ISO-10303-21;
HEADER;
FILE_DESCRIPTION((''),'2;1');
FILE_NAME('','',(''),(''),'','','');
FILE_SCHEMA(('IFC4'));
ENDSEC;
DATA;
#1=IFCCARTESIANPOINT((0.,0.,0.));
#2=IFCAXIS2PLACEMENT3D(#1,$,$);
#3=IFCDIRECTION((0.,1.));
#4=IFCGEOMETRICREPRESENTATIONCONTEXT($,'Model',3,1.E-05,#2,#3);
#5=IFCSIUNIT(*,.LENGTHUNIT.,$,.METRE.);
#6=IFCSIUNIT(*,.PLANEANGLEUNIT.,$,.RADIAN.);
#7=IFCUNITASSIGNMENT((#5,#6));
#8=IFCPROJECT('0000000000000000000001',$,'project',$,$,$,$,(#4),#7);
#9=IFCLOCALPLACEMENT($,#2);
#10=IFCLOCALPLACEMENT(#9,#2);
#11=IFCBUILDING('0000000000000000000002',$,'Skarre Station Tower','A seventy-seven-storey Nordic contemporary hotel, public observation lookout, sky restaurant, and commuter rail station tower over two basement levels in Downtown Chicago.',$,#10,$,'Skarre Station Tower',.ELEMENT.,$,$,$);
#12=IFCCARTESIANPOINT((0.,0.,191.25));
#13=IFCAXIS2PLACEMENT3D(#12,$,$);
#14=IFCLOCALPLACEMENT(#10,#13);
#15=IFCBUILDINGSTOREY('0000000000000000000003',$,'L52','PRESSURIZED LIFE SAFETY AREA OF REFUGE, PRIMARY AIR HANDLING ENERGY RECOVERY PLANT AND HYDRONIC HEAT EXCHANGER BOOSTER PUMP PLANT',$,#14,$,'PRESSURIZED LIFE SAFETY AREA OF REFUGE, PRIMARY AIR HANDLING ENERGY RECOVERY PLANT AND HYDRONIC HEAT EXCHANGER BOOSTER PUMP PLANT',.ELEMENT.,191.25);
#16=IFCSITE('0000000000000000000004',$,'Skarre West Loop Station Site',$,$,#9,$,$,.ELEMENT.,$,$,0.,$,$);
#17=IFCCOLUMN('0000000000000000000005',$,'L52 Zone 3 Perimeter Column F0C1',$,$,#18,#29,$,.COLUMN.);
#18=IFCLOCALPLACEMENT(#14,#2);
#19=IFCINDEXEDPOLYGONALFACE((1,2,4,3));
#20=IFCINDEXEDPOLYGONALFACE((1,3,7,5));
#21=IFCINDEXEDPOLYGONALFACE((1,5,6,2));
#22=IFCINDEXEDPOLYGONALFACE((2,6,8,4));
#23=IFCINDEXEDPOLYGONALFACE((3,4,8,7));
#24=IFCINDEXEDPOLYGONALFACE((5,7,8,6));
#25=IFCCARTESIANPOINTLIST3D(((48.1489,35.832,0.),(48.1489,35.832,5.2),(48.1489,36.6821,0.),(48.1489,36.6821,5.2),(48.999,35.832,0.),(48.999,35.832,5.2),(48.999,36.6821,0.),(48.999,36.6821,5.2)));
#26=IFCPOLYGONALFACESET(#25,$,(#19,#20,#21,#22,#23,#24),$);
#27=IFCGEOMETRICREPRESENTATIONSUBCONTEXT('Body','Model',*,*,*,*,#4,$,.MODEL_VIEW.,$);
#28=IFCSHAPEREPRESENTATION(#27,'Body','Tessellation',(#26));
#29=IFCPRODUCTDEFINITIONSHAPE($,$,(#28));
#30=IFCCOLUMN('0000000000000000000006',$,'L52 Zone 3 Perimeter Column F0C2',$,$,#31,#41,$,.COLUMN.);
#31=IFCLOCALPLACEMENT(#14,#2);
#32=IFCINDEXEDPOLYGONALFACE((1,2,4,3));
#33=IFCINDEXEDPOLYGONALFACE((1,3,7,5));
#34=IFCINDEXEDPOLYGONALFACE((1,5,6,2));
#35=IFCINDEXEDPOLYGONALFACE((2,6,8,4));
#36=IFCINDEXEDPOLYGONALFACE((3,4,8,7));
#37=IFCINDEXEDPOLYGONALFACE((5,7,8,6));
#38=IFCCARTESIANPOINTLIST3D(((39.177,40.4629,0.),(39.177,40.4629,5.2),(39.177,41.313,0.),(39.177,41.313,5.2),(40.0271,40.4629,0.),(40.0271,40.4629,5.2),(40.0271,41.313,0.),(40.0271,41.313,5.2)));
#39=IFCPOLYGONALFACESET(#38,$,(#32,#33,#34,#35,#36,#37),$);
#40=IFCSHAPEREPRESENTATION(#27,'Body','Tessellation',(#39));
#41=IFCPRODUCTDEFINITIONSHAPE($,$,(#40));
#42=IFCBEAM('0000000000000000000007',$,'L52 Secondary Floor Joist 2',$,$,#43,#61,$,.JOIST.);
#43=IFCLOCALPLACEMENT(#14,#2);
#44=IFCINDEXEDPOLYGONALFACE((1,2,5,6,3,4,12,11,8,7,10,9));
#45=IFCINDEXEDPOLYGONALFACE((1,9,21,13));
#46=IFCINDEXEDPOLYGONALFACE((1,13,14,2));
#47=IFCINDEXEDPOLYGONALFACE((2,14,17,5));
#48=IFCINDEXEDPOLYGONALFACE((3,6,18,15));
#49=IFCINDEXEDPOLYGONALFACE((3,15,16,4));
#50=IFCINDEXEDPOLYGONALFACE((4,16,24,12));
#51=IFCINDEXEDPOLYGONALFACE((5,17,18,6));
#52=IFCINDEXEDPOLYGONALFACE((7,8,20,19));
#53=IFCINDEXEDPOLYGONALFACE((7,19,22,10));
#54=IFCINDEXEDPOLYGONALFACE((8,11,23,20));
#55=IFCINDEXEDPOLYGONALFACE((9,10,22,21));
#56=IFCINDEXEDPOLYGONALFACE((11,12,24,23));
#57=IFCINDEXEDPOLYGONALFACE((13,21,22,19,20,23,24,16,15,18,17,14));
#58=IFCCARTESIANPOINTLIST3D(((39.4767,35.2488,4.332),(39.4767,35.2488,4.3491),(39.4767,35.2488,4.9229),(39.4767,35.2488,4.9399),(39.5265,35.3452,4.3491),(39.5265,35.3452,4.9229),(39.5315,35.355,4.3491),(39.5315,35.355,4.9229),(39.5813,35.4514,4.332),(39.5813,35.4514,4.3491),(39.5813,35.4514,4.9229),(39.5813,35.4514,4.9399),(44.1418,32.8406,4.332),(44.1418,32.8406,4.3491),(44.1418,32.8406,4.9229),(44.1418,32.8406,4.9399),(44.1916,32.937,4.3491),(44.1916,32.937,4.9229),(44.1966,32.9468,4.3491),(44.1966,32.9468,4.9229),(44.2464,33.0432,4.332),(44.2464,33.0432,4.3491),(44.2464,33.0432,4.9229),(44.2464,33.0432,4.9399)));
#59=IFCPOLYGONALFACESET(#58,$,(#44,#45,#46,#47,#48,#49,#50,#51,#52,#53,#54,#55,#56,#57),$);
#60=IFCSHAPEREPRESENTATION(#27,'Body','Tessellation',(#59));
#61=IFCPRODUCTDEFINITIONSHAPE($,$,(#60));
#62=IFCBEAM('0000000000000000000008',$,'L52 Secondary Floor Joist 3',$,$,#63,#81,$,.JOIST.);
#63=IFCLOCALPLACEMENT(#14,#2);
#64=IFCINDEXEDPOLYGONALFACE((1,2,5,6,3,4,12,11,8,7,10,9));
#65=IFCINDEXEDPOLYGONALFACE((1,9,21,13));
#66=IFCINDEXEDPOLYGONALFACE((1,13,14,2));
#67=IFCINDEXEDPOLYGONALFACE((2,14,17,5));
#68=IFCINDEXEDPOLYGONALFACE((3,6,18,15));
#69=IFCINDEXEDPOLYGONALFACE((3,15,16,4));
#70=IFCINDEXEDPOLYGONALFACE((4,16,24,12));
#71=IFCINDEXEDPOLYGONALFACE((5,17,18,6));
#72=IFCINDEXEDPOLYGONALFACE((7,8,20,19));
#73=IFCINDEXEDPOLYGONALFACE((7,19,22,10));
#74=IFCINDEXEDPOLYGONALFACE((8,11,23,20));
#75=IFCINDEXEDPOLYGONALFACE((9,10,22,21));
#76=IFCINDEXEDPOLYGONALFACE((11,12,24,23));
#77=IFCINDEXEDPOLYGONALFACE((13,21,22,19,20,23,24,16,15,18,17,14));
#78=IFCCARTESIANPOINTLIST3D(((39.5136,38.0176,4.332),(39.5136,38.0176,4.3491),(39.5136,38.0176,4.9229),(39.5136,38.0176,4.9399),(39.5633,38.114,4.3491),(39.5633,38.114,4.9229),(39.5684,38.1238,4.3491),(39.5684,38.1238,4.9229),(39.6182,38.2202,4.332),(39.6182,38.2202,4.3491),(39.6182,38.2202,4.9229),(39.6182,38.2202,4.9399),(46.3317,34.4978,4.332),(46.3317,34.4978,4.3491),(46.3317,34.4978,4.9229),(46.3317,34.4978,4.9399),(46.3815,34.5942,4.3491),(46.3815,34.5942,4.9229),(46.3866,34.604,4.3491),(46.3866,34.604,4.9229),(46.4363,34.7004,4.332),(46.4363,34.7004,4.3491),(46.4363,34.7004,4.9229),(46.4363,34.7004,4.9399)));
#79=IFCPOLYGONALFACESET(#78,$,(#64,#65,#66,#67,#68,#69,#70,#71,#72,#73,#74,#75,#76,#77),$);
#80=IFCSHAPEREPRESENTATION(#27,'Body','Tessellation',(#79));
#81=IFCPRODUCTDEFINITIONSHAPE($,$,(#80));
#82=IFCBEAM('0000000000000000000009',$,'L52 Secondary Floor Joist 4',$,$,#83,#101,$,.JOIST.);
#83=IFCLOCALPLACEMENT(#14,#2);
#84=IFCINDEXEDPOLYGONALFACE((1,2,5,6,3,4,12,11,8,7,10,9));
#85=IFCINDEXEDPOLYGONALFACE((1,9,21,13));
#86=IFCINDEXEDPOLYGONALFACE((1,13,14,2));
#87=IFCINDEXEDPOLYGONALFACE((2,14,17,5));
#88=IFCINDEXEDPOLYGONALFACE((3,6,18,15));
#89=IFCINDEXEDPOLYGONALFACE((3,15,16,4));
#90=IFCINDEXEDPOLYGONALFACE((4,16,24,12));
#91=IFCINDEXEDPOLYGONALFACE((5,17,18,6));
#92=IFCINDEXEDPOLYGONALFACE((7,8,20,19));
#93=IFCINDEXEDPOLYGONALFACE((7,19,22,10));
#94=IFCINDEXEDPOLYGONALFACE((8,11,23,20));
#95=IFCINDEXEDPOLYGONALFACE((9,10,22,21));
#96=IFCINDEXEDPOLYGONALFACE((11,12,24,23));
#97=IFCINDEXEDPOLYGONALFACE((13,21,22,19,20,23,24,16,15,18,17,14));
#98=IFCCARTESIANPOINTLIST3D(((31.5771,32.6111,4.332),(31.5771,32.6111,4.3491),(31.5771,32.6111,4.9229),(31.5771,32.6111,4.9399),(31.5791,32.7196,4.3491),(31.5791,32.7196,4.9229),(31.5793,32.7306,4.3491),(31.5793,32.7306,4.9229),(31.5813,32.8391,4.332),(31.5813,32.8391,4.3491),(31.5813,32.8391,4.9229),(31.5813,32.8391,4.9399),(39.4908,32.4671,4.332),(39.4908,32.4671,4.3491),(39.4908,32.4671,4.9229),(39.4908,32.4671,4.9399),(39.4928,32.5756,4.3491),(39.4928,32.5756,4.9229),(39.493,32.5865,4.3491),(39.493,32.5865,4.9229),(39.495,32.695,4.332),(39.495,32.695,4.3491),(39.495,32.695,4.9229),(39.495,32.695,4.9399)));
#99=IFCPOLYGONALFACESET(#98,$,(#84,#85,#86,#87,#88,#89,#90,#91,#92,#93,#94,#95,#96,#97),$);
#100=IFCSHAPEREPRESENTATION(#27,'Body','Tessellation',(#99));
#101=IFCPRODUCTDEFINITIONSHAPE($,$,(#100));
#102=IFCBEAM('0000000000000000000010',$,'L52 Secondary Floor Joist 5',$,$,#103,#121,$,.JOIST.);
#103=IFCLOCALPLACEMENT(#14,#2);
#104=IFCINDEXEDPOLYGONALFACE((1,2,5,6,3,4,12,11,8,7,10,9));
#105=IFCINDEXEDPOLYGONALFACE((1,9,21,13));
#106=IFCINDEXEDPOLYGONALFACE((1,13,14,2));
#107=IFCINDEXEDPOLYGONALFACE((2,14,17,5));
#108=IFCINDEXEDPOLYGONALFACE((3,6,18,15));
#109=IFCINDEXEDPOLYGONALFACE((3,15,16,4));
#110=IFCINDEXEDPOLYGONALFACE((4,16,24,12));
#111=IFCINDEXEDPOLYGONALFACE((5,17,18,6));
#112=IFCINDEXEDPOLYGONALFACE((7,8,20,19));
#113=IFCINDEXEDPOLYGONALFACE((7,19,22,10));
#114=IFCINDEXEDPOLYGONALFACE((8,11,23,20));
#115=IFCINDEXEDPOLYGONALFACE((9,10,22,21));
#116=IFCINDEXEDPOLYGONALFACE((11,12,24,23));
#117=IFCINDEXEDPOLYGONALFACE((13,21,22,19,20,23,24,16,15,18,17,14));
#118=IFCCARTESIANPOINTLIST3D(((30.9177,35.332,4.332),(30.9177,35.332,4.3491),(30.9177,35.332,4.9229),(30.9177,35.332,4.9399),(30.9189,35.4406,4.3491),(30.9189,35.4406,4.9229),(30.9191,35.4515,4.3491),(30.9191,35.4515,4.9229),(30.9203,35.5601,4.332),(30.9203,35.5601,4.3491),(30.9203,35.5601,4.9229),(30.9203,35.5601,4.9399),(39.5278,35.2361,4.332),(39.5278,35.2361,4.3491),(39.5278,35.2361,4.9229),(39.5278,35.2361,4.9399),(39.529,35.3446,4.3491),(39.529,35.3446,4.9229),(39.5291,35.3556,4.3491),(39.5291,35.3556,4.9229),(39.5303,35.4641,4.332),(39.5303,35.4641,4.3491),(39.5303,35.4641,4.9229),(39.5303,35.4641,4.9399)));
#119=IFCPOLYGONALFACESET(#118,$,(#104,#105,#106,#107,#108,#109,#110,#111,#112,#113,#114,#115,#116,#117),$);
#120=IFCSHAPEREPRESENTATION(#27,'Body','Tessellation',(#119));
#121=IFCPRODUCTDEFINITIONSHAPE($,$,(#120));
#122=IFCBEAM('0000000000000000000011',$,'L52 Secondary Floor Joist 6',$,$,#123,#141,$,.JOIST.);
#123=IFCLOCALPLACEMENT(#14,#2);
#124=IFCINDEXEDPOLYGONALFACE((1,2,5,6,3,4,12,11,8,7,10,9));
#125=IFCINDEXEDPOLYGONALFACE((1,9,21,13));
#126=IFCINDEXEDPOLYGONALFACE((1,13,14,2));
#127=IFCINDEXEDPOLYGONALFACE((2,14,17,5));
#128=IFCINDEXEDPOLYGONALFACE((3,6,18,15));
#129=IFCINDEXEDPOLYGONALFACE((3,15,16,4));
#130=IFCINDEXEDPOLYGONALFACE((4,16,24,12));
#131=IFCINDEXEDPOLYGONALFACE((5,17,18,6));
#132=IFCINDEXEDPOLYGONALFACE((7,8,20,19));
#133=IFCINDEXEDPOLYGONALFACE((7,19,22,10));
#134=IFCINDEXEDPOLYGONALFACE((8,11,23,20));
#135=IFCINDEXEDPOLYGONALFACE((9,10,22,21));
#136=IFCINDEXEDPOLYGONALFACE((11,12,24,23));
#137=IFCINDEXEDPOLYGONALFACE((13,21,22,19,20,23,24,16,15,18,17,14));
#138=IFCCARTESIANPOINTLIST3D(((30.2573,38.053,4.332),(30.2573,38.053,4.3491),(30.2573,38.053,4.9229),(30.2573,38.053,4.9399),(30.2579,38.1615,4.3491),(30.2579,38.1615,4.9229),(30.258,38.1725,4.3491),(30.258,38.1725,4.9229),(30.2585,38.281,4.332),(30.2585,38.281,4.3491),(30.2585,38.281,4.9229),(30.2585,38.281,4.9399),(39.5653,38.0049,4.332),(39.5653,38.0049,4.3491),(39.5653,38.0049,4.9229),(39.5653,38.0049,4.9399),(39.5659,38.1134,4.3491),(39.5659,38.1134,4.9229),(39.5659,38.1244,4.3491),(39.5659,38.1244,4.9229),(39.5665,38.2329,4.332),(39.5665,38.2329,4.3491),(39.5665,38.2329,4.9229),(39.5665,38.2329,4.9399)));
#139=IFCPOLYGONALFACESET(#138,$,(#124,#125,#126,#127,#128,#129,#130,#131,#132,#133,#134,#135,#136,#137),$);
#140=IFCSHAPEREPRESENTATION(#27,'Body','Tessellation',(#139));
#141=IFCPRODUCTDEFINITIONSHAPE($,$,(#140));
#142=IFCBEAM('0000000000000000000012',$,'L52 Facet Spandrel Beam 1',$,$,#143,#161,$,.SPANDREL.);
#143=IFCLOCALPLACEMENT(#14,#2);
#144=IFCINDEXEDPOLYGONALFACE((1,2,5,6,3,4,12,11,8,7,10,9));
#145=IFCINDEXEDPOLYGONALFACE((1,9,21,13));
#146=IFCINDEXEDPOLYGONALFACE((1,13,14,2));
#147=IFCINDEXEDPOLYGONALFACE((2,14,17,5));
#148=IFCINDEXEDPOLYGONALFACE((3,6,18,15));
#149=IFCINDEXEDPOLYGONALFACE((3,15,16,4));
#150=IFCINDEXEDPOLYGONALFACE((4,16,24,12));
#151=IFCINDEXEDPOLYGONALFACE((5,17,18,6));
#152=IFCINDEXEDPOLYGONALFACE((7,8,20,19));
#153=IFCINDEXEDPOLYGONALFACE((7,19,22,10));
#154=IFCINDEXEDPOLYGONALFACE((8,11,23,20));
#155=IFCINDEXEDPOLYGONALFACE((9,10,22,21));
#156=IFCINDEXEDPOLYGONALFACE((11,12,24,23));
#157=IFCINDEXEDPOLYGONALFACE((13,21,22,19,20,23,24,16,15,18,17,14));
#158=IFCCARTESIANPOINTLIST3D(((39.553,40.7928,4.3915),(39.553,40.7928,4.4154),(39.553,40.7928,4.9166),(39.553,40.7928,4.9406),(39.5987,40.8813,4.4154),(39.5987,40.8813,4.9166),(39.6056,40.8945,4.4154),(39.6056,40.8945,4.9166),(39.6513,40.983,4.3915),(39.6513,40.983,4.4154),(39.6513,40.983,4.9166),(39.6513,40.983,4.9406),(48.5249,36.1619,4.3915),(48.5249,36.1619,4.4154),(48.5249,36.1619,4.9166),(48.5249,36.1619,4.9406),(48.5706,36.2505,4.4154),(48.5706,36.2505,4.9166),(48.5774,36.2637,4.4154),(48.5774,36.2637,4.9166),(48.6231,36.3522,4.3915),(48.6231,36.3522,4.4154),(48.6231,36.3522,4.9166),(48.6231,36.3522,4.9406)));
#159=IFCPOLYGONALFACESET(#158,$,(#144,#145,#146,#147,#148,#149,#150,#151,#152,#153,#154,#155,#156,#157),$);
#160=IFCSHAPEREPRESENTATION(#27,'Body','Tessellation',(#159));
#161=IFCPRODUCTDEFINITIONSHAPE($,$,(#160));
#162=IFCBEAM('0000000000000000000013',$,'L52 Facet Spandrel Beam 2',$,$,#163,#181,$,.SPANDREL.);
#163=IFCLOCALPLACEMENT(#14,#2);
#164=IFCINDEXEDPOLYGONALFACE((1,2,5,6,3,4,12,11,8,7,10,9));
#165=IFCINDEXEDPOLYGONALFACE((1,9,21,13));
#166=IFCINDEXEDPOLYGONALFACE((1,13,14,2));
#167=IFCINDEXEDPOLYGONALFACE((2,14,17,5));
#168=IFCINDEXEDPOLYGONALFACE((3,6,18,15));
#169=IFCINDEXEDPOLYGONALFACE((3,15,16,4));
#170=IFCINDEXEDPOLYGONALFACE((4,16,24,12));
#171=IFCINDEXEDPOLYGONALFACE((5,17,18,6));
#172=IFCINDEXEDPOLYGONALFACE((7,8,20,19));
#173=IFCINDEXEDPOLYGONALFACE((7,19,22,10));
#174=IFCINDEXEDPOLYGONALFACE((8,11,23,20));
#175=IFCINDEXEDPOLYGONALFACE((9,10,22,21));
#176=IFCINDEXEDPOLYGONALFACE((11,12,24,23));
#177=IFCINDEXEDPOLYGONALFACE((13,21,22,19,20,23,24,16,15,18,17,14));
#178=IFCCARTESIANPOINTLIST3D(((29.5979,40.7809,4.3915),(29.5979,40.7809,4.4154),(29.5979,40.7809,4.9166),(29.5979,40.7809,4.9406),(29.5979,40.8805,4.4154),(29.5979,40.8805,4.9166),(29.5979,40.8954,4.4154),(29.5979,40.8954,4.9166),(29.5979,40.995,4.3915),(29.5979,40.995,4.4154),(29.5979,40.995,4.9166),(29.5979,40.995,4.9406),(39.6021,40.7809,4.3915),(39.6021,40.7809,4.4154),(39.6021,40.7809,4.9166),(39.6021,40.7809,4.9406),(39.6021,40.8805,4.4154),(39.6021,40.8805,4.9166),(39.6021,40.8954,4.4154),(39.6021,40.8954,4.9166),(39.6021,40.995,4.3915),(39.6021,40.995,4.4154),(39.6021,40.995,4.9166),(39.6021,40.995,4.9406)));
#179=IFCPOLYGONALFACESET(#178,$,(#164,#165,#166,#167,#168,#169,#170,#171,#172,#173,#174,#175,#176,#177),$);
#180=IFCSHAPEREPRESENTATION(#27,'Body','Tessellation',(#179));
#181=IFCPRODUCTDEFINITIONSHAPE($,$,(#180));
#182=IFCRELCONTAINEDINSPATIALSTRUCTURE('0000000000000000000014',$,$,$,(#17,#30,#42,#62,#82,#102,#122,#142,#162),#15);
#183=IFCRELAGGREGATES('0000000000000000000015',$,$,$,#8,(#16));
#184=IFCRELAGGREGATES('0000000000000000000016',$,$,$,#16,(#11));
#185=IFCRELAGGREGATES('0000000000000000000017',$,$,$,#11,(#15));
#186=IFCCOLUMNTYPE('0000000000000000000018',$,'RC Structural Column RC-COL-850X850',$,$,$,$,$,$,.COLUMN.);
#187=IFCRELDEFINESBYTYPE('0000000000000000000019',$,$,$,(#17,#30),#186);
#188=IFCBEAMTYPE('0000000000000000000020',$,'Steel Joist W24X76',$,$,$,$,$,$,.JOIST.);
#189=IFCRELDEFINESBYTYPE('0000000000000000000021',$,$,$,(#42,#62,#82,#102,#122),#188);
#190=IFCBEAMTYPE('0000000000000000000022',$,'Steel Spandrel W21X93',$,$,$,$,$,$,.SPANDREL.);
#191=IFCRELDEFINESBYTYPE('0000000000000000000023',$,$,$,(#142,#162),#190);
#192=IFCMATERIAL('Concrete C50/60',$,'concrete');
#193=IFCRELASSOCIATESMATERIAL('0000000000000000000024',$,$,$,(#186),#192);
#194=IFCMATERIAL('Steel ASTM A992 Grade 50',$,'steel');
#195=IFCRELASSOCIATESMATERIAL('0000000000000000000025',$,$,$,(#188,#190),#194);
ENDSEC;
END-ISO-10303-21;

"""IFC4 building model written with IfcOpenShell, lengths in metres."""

from ifc_helpers import new_model, si_unit, direction, frame, origin, origin_2d, place, context, subcontext, project, spatial, rectangle, i_section, extrude, material, material_profile, profile_set, type_object, element, save


model = new_model("IFC4")

# Units and contexts
model_context = context("Model", 3, precision=1e-05, world=origin(), true_north=direction((0.0, 1.0)))
body_context = subcontext(model_context, "Body", "Model", "MODEL_VIEW")
ifc_project = project(units=[si_unit("LENGTHUNIT", "METRE"), si_unit("PLANEANGLEUNIT", "RADIAN")], contexts=[model_context])

# Site, building, storey
site_placement = place(None, origin())
site = spatial("IfcSite", under=ifc_project, at=site_placement, Name="Skarre West Loop Station Site", CompositionType="ELEMENT", RefElevation=0.0)
building_placement = place(site_placement, origin())
building = spatial("IfcBuilding", under=site, at=building_placement, Name="Skarre Station Tower", Description="A seventy-seven-storey Nordic contemporary hotel, public observation lookout, sky restaurant, and commuter rail station tower over two basement levels in Downtown Chicago.", LongName="Skarre Station Tower", CompositionType="ELEMENT")
storey_placement = place(building_placement, frame((0.0, 0.0, 191.25)))
storey = spatial("IfcBuildingStorey", under=building, at=storey_placement, Name="L52", Description="PRESSURIZED LIFE SAFETY AREA OF REFUGE, PRIMARY AIR HANDLING ENERGY RECOVERY PLANT AND HYDRONIC HEAT EXCHANGER BOOSTER PUMP PLANT", LongName="PRESSURIZED LIFE SAFETY AREA OF REFUGE, PRIMARY AIR HANDLING ENERGY RECOVERY PLANT AND HYDRONIC HEAT EXCHANGER BOOSTER PUMP PLANT", CompositionType="ELEMENT", Elevation=191.25)

# Columns
ifc_material_1 = material(Name="Concrete C50/60", Category="concrete")
ifc_material_profile_1 = material_profile(ifc_material_1, rectangle(XDim=0.8501, YDim=0.8501, at=origin_2d()), Name="Concrete C50/60")
ifc_profile_set_1 = profile_set([ifc_material_profile_1], Name="Concrete C50/60")
column_type = type_object("IfcColumnType", Name="RC Structural Column RC-COL-850X850", PredefinedType="COLUMN", material=ifc_profile_set_1)
for number, where, z_axis, x_axis, name in (
    (1, (48.574, 36.2571, 0.0), (0.0, 0.0, 1.0), (1.0, 0.0, 0.0), "L52 Zone 3 Perimeter Column F0C1"),
    (2, (39.6021, 40.8879, 0.0), (0.0, 0.0, 1.0), (1.0, 0.0, 0.0), "L52 Zone 3 Perimeter Column F0C2"),
):
    element("IfcColumn", number, at=place(storey_placement, frame(where, z_axis=z_axis, x_axis=x_axis)), inside=storey, type_object=column_type, Name=name, PredefinedType="COLUMN", context=body_context, shape_type="SweptSolid", body=[
        extrude(rectangle(XDim=0.8501, YDim=0.8501, at=origin_2d()), origin(), (0.0, 0.0, 1.0), 5.2),
    ])

# Beams
ifc_material_2 = material(Name="Steel ASTM A992 Grade 50", Category="steel")
ifc_material_profile_2 = material_profile(ifc_material_2, i_section(OverallWidth=0.228, OverallDepth=0.6079, WebThickness=0.011, FlangeThickness=0.0171, at=origin_2d()), Name="Steel ASTM A992 Grade 50")
ifc_profile_set_2 = profile_set([ifc_material_profile_2], Name="Steel ASTM A992 Grade 50")
beam_type_1 = type_object("IfcBeamType", Name="Steel Joist W24X76", PredefinedType="JOIST", material=ifc_profile_set_2)
beam_1_placement = place(storey_placement, frame((44.1941, 32.9419, 4.636), z_axis=(-0.888586, 0.458709, 0.0), x_axis=(-0.458709, -0.888586, 0.0)))
element("IfcBeam", 3, at=beam_1_placement, inside=storey, type_object=beam_type_1, Name="L52 Secondary Floor Joist 2", PredefinedType="JOIST", context=body_context, shape_type="SweptSolid", body=[
    extrude(i_section(OverallWidth=0.228, OverallDepth=0.6079, WebThickness=0.011, FlangeThickness=0.0171, at=origin_2d()), origin(), (0.0, 0.0, 1.0), 5.25),
])
beam_2_placement = place(storey_placement, frame((46.384, 34.5991, 4.636), z_axis=(-0.888581, 0.45872, 0.0), x_axis=(-0.45872, -0.888581, 0.0)))
element("IfcBeam", 4, at=beam_2_placement, inside=storey, type_object=beam_type_1, Name="L52 Secondary Floor Joist 3", PredefinedType="JOIST", context=body_context, shape_type="SweptSolid", body=[
    extrude(i_section(OverallWidth=0.228, OverallDepth=0.6079, WebThickness=0.011, FlangeThickness=0.0171, at=origin_2d()), origin(), (0.0, 0.0, 1.0), 7.6731),
])
beam_3_placement = place(storey_placement, frame((39.4929, 32.5811, 4.636), z_axis=(-0.999834, 0.018198, 0.0), x_axis=(-0.018198, -0.999834, 0.0)))
element("IfcBeam", 5, at=beam_3_placement, inside=storey, type_object=beam_type_1, Name="L52 Secondary Floor Joist 4", PredefinedType="JOIST", context=body_context, shape_type="SweptSolid", body=[
    extrude(i_section(OverallWidth=0.228, OverallDepth=0.6079, WebThickness=0.011, FlangeThickness=0.0171, at=origin_2d()), origin(), (0.0, 0.0, 1.0), 7.915),
])
beam_4_placement = place(storey_placement, frame((39.5291, 35.3501, 4.636), z_axis=(-0.999938, 0.011143, 0.0), x_axis=(-0.011143, -0.999938, 0.0)))
element("IfcBeam", 6, at=beam_4_placement, inside=storey, type_object=beam_type_1, Name="L52 Secondary Floor Joist 5", PredefinedType="JOIST", context=body_context, shape_type="SweptSolid", body=[
    extrude(i_section(OverallWidth=0.228, OverallDepth=0.6079, WebThickness=0.011, FlangeThickness=0.0171, at=origin_2d()), origin(), (0.0, 0.0, 1.0), 8.6106),
])
beam_5_placement = place(storey_placement, frame((39.5659, 38.1189, 4.636), z_axis=(-0.999987, 0.005167, 0.0), x_axis=(-0.005167, -0.999987, 0.0)))
element("IfcBeam", 7, at=beam_5_placement, inside=storey, type_object=beam_type_1, Name="L52 Secondary Floor Joist 6", PredefinedType="JOIST", context=body_context, shape_type="SweptSolid", body=[
    extrude(i_section(OverallWidth=0.228, OverallDepth=0.6079, WebThickness=0.011, FlangeThickness=0.0171, at=origin_2d()), origin(), (0.0, 0.0, 1.0), 9.3081),
])
ifc_material_profile_3 = material_profile(ifc_material_2, i_section(OverallWidth=0.2141, OverallDepth=0.5491, WebThickness=0.0149, FlangeThickness=0.0239, at=origin_2d()), Name="Steel ASTM A992 Grade 50")
ifc_profile_set_3 = profile_set([ifc_material_profile_3], Name="Steel ASTM A992 Grade 50")
beam_type_2 = type_object("IfcBeamType", Name="Steel Spandrel W21X93", PredefinedType="SPANDREL", material=ifc_profile_set_3)
beam_6_placement = place(storey_placement, frame((48.574, 36.2571, 4.666), z_axis=(-0.888613, 0.458658, 0.0), x_axis=(-0.458658, -0.888613, 0.0)))
element("IfcBeam", 8, at=beam_6_placement, inside=storey, type_object=beam_type_2, Name="L52 Facet Spandrel Beam 1", PredefinedType="SPANDREL", context=body_context, shape_type="SweptSolid", body=[
    extrude(i_section(OverallWidth=0.2141, OverallDepth=0.5491, WebThickness=0.0149, FlangeThickness=0.0239, at=origin_2d()), origin(), (0.0, 0.0, 1.0), 10.0964),
])
beam_7_placement = place(storey_placement, frame((39.6021, 40.8879, 4.666), z_axis=(-1.0, 0.0, 0.0), x_axis=(0.0, -1.0, 0.0)))
element("IfcBeam", 9, at=beam_7_placement, inside=storey, type_object=beam_type_2, Name="L52 Facet Spandrel Beam 2", PredefinedType="SPANDREL", context=body_context, shape_type="SweptSolid", body=[
    extrude(i_section(OverallWidth=0.2141, OverallDepth=0.5491, WebThickness=0.0149, FlangeThickness=0.0239, at=origin_2d()), origin(), (0.0, 0.0, 1.0), 10.0042),
])

save(model, "model.ifc")
